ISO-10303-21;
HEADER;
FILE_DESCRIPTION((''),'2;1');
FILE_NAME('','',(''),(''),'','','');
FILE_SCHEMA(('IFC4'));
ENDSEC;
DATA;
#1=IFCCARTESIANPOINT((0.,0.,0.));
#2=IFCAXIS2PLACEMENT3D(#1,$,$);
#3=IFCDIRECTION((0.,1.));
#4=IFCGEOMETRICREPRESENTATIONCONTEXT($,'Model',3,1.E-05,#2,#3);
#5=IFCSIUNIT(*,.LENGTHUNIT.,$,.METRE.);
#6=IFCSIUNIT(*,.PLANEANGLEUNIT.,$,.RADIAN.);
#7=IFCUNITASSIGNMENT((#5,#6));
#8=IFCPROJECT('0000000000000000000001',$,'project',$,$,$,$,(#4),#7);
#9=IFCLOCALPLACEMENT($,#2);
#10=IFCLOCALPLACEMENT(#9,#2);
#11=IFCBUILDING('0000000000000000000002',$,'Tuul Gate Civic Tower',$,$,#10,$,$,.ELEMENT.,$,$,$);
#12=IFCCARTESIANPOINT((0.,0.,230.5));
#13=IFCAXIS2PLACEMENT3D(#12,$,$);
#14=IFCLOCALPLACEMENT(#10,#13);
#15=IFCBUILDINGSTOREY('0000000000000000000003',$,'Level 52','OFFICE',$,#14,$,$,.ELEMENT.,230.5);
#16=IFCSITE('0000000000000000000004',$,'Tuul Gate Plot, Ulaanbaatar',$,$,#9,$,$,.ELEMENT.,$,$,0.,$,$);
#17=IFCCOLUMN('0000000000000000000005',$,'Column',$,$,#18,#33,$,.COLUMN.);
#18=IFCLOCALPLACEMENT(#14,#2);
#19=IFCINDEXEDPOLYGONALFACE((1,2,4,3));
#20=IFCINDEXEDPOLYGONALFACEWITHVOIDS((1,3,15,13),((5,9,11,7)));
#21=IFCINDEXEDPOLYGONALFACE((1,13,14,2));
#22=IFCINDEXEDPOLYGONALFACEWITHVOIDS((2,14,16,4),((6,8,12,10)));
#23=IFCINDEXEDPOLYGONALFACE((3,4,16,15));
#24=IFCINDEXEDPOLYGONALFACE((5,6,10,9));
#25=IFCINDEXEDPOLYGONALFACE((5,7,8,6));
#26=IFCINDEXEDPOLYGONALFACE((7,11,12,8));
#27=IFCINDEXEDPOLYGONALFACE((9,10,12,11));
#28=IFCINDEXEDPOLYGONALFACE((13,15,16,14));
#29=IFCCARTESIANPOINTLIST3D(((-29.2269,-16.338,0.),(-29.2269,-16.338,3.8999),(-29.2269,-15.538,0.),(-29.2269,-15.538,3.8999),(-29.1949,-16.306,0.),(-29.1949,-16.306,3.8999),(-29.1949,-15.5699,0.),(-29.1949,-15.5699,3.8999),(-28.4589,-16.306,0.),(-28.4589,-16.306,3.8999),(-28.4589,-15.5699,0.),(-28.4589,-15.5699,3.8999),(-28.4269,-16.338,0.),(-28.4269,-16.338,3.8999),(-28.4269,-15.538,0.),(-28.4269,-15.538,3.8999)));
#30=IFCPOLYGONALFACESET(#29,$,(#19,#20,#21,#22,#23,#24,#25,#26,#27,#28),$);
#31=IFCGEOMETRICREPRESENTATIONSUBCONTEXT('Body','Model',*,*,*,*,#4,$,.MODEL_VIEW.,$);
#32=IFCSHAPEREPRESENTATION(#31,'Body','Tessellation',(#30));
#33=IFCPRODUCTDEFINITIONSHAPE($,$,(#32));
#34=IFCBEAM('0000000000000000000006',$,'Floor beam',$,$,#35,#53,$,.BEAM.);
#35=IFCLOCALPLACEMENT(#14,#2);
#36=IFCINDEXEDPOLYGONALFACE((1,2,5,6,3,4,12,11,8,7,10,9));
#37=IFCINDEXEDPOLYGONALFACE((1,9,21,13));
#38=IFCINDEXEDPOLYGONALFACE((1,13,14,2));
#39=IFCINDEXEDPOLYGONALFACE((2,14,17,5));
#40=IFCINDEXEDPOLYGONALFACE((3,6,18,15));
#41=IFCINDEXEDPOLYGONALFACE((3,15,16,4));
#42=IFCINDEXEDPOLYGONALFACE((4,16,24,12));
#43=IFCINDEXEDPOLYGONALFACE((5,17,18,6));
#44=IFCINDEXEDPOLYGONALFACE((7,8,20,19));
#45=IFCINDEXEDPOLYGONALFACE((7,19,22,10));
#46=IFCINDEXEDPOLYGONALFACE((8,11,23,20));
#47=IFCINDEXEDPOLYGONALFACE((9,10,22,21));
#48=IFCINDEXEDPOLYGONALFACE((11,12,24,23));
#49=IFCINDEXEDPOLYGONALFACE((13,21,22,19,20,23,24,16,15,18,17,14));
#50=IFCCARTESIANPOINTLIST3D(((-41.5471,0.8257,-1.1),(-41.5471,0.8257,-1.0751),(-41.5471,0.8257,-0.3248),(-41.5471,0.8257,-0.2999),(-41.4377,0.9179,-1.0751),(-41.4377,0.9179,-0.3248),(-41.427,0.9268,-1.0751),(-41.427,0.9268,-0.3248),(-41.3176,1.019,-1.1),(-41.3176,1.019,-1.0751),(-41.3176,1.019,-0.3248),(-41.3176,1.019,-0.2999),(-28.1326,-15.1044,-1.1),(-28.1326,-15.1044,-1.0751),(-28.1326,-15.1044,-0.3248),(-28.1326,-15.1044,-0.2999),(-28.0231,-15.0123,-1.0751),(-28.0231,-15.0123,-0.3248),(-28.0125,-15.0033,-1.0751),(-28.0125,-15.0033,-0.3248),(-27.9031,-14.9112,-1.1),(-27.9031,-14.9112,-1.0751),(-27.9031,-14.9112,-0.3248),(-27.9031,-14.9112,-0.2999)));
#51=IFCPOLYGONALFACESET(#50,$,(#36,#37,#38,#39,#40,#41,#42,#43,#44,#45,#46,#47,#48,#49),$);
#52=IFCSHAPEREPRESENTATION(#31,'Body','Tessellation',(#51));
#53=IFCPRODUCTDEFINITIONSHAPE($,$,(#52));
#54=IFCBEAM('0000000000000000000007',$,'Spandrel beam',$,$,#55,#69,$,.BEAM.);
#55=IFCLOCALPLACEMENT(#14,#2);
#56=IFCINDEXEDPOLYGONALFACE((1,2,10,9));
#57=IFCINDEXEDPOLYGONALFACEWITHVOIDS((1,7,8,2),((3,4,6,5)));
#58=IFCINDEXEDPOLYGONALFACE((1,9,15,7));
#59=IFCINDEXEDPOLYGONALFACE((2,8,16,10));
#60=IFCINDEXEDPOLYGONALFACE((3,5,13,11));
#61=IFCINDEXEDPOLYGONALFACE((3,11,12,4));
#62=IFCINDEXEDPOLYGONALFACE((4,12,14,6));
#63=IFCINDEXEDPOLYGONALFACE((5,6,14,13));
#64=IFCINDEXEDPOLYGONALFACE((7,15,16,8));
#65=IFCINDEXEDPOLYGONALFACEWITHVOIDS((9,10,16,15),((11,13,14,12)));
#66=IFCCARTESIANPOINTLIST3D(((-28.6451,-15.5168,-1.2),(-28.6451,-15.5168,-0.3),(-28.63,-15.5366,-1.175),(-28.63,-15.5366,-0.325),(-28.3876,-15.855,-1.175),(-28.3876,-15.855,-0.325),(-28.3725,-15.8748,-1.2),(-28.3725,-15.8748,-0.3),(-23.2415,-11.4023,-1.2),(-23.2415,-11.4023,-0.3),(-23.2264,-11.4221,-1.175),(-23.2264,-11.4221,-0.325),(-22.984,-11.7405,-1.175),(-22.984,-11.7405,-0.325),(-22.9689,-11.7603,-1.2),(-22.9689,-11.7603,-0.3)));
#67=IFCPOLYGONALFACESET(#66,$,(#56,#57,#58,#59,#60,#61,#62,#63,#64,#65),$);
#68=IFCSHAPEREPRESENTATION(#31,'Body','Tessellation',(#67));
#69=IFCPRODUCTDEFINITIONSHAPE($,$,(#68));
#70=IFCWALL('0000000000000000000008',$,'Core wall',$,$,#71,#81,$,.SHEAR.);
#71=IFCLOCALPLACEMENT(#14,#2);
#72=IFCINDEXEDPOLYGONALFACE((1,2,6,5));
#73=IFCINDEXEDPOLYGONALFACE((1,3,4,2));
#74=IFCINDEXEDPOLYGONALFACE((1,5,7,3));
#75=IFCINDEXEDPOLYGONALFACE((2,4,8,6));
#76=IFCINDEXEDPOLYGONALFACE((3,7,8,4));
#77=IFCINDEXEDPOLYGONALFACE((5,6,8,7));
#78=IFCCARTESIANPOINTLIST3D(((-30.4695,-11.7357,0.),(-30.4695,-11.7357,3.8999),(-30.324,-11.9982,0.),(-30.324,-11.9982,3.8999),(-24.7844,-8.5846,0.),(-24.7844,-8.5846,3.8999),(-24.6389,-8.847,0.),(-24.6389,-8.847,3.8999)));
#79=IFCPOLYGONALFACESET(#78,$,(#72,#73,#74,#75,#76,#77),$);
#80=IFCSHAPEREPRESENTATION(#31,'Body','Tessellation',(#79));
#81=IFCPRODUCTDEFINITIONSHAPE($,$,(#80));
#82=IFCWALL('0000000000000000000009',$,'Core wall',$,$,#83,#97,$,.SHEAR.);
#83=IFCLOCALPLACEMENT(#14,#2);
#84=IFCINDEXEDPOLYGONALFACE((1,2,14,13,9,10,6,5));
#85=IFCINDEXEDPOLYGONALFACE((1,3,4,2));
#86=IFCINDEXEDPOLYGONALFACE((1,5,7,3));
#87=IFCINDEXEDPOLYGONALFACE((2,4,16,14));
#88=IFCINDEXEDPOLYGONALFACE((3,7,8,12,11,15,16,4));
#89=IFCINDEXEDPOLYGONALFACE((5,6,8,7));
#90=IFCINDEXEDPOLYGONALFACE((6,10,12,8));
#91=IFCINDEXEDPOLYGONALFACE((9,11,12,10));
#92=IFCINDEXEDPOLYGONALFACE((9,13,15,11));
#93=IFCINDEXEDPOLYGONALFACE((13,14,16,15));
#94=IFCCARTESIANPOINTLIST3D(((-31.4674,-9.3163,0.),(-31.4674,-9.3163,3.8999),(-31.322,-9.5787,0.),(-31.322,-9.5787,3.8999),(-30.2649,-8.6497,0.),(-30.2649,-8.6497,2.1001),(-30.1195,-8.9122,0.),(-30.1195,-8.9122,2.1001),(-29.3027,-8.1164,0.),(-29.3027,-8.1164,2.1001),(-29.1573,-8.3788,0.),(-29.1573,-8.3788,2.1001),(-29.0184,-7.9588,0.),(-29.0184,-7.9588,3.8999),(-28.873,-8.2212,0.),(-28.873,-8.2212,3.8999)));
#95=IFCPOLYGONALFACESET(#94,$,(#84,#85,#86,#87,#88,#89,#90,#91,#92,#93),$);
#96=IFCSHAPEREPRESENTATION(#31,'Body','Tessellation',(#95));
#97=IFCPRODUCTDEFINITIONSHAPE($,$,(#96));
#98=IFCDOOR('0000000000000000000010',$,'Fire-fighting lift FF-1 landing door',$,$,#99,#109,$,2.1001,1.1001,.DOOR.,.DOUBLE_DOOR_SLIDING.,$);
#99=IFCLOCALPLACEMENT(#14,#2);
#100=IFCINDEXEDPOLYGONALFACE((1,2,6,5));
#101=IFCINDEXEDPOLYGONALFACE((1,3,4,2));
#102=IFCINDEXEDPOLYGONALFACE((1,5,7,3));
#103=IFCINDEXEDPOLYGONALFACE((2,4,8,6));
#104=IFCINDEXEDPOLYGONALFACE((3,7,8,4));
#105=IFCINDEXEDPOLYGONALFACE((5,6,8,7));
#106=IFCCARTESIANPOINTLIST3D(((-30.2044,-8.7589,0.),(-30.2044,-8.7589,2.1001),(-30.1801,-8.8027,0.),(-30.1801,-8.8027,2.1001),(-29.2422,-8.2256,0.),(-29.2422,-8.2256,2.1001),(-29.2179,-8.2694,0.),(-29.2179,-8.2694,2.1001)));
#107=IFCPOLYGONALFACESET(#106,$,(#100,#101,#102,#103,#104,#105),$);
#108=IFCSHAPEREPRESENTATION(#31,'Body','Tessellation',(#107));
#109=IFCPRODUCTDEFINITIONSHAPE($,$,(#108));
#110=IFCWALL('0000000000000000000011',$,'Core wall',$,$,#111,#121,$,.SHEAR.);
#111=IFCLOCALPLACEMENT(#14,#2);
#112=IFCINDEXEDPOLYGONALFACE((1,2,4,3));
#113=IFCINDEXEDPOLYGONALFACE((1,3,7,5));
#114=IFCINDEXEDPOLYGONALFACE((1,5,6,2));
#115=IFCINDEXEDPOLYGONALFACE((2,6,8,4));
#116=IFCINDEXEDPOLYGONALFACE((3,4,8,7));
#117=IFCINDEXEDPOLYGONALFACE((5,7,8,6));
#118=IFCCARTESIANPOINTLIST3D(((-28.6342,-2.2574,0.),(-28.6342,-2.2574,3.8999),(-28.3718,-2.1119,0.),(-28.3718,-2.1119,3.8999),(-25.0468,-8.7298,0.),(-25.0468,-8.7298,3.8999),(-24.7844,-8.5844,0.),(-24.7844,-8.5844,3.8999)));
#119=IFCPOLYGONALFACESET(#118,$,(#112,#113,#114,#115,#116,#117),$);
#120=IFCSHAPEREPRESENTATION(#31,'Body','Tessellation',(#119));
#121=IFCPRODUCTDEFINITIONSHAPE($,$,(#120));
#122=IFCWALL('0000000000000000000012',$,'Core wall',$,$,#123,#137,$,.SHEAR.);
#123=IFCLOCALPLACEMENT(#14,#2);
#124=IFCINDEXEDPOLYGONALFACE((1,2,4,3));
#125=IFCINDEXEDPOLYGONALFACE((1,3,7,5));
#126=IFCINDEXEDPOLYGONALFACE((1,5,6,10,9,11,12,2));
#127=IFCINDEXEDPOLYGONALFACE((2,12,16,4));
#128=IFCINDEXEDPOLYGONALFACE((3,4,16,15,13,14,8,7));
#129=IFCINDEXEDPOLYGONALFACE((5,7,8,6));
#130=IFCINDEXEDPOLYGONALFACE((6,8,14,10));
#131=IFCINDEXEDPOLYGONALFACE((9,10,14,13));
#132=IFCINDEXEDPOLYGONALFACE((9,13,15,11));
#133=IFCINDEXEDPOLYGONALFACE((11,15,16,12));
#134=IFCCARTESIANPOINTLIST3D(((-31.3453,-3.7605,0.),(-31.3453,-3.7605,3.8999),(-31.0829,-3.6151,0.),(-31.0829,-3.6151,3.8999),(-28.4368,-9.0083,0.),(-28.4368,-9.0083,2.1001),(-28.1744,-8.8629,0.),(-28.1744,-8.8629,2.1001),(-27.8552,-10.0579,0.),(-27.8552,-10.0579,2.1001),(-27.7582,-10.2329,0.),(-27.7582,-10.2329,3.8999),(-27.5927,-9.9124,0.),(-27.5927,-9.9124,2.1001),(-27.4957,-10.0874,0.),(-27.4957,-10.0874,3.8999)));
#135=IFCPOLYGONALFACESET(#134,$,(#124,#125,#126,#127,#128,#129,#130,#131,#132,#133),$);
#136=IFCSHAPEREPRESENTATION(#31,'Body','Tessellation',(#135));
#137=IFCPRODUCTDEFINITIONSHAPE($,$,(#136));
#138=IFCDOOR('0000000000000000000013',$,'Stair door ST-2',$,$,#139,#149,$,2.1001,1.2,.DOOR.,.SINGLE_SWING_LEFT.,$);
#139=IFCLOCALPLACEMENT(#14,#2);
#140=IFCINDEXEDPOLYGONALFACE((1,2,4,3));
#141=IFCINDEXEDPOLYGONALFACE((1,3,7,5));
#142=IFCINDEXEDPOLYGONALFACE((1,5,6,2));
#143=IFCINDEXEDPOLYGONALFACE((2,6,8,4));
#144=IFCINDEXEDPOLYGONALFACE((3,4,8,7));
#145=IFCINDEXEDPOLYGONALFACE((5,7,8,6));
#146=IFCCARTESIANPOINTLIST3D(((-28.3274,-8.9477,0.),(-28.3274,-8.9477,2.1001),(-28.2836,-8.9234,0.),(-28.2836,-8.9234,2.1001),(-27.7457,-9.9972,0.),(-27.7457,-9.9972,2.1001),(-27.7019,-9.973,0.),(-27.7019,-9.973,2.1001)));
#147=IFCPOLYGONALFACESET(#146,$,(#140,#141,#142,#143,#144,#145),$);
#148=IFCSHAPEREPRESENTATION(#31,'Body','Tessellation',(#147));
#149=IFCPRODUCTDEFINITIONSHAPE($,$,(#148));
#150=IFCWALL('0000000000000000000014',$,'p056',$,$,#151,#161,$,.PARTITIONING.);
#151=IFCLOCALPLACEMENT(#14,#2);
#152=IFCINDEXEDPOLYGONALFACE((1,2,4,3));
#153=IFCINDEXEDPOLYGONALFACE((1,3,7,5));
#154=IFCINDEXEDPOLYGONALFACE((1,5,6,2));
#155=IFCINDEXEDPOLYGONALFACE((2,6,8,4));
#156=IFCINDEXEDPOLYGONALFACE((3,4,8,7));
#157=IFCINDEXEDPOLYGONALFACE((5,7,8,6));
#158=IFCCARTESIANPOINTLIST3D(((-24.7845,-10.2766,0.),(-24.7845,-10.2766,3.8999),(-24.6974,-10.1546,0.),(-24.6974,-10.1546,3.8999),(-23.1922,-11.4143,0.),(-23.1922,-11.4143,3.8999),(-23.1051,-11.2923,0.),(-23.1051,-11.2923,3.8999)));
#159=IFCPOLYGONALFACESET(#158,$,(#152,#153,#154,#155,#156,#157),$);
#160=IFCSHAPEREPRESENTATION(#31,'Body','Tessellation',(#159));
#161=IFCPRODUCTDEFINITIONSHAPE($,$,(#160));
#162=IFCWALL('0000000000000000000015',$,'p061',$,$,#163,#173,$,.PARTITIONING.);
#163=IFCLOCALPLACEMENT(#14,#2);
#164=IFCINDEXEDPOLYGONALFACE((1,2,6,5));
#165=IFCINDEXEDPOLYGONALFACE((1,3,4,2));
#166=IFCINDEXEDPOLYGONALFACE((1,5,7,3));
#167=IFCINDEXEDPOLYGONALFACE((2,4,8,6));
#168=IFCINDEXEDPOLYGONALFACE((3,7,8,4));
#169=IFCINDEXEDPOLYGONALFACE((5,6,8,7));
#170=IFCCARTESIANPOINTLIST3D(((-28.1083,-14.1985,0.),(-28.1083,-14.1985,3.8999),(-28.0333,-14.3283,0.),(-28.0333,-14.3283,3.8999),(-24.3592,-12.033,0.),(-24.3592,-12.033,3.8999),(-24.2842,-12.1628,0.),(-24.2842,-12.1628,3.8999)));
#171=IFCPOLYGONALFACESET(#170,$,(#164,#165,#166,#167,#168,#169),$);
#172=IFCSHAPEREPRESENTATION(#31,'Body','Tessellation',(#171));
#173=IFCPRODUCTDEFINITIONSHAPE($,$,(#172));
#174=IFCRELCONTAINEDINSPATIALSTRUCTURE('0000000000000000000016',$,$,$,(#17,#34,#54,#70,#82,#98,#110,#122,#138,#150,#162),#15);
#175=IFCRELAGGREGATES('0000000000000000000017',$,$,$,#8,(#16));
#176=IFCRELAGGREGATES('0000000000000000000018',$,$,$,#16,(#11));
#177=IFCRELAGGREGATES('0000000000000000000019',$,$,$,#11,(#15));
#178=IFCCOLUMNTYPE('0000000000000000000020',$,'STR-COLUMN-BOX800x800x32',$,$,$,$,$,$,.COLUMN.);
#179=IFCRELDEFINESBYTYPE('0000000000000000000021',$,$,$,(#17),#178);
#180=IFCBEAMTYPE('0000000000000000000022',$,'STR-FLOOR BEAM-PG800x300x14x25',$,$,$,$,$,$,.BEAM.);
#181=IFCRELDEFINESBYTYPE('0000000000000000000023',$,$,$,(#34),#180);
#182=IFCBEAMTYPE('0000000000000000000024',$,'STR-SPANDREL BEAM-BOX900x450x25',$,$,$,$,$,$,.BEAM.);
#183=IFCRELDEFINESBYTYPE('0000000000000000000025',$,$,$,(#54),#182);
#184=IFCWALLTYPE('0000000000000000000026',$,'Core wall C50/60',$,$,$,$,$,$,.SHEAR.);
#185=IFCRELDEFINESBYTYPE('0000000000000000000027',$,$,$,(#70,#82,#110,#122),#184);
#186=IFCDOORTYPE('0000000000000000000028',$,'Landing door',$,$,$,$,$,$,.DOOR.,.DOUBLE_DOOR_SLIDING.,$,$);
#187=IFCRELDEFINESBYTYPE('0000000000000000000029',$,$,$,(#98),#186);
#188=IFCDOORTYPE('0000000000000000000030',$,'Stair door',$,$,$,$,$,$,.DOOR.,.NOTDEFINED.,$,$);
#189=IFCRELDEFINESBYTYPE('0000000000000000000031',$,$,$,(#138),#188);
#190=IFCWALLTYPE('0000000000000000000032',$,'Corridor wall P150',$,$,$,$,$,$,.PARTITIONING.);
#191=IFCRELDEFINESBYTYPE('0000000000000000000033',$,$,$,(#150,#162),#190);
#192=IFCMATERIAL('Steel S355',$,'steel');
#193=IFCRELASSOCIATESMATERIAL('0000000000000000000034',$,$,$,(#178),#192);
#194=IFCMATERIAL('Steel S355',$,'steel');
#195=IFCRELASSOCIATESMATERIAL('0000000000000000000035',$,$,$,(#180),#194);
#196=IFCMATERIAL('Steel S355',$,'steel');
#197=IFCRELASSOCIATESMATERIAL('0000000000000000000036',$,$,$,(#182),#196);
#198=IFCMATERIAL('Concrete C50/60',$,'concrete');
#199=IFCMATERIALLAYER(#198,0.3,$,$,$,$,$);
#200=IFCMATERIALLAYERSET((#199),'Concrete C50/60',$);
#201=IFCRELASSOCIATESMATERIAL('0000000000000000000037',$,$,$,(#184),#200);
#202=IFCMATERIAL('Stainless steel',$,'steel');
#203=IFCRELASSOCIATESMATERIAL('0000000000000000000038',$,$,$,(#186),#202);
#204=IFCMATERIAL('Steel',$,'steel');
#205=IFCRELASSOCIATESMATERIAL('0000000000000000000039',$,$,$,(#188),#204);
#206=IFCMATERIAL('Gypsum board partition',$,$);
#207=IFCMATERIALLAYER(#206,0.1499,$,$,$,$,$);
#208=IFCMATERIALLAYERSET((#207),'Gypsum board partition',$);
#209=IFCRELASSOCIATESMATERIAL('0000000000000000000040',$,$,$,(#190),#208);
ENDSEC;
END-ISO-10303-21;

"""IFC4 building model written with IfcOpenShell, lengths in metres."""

from ifc_helpers import new_model, si_unit, direction, frame, frame_2d, origin, origin_2d, place, context, subcontext, project, spatial, rectangle, hollow_rectangle, i_section, extrude, material, layer, layer_set, material_profile, profile_set, type_object, element, fill, save


model = new_model("IFC4")

# Units and contexts
model_context = context("Model", 3, precision=1e-05, world=origin(), true_north=direction((0.0, 1.0)))
body_context = subcontext(model_context, "Body", "Model", "MODEL_VIEW")
ifc_project = project(units=[si_unit("LENGTHUNIT", "METRE"), si_unit("PLANEANGLEUNIT", "RADIAN")], contexts=[model_context])

# Site, building, storey
site_placement = place(None, origin())
site = spatial("IfcSite", under=ifc_project, at=site_placement, Name="Tuul Gate Plot, Ulaanbaatar", CompositionType="ELEMENT", RefElevation=0.0)
building_placement = place(site_placement, origin())
building = spatial("IfcBuilding", under=site, at=building_placement, Name="Tuul Gate Civic Tower", CompositionType="ELEMENT")
storey_placement = place(building_placement, frame((0.0, 0.0, 230.5)))
storey = spatial("IfcBuildingStorey", under=building, at=storey_placement, Name="Level 52", Description="OFFICE", CompositionType="ELEMENT", Elevation=230.5)

# Column
ifc_material_1 = material(Name="Steel S355", Category="steel")
ifc_material_profile_1 = material_profile(ifc_material_1, hollow_rectangle(XDim=0.8, YDim=0.8, WallThickness=0.032, at=origin_2d()), Name="BOX800x800x32")
ifc_profile_set_1 = profile_set([ifc_material_profile_1], Name="Steel S355")
column_type = type_object("IfcColumnType", Name="STR-COLUMN-BOX800x800x32", PredefinedType="COLUMN", material=ifc_profile_set_1)
column_placement = place(storey_placement, frame((-28.8269, -15.938, 0.0), z_axis=(0.0, 0.0, 1.0), x_axis=(1.0, 0.0, 0.0)))
element("IfcColumn", 1, at=column_placement, inside=storey, type_object=column_type, Name="Column", PredefinedType="COLUMN", context=body_context, shape_type="SweptSolid", body=[
    extrude(hollow_rectangle(XDim=0.8, YDim=0.8, WallThickness=0.032, at=origin_2d()), origin(), (0.0, 0.0, 1.0), 3.8999),
])

# Beams
ifc_material_2 = material(Name="Steel S355", Category="steel")
ifc_material_profile_2 = material_profile(ifc_material_2, i_section(OverallWidth=0.3, OverallDepth=0.8, WebThickness=0.0139, FlangeThickness=0.0249, at=origin_2d()), Name="PG800x300x14x25")
ifc_profile_set_2 = profile_set([ifc_material_profile_2], Name="Steel S355")
beam_type_1 = type_object("IfcBeamType", Name="STR-FLOOR BEAM-PG800x300x14x25", PredefinedType="BEAM", material=ifc_profile_set_2)
beam_1_placement = place(storey_placement, frame((-28.0178, -15.0078, -0.7), z_axis=(-0.644126, 0.764919, 0.0), x_axis=(-0.764919, -0.644126, 0.0)))
element("IfcBeam", 2, at=beam_1_placement, inside=storey, type_object=beam_type_1, Name="Floor beam", PredefinedType="BEAM", context=body_context, shape_type="SweptSolid", body=[
    extrude(i_section(OverallWidth=0.3, OverallDepth=0.8, WebThickness=0.0139, FlangeThickness=0.0249, at=origin_2d()), origin(), (0.0, 0.0, 1.0), 20.8259),
])
ifc_material_3 = material(Name="Steel S355", Category="steel")
ifc_material_profile_3 = material_profile(ifc_material_3, hollow_rectangle(XDim=0.45, YDim=0.8999, WallThickness=0.0249, at=origin_2d()), Name="BOX900x450x25")
ifc_profile_set_3 = profile_set([ifc_material_profile_3], Name="Steel S355")
beam_type_2 = type_object("IfcBeamType", Name="STR-SPANDREL BEAM-BOX900x450x25", PredefinedType="BEAM", material=ifc_profile_set_3)
beam_2_placement = place(storey_placement, frame((-28.5088, -15.6958, -0.75), z_axis=(0.795609, 0.60581, 0.0), x_axis=(-0.60581, 0.795609, 0.0)))
element("IfcBeam", 3, at=beam_2_placement, inside=storey, type_object=beam_type_2, Name="Spandrel beam", PredefinedType="BEAM", context=body_context, shape_type="SweptSolid", body=[
    extrude(hollow_rectangle(XDim=0.45, YDim=0.8999, WallThickness=0.0249, at=origin_2d()), origin(), (0.0, 0.0, 1.0), 6.7917),
])

# Wall
ifc_material_4 = material(Name="Concrete C50/60", Category="concrete")
ifc_layer_1 = layer(ifc_material_4, 0.3)
ifc_layer_set_1 = layer_set([ifc_layer_1], Name="Concrete C50/60")
wall_type_1 = type_object("IfcWallType", Name="Core wall C50/60", PredefinedType="SHEAR", material=ifc_layer_set_1)
wall_1_placement = place(storey_placement, frame((-24.7117, -8.7158, 0.0), z_axis=(0.0, 0.0, 1.0), x_axis=(-0.87463, -0.484791, 0.0)))
element("IfcWall", 4, at=wall_1_placement, inside=storey, type_object=wall_type_1, Name="Core wall", PredefinedType="SHEAR", context=body_context, shape_type="SweptSolid", body=[
    extrude(rectangle(XDim=6.5, YDim=0.3, at=frame_2d((3.25, 0.0))), origin(), (0.0, 0.0, 1.0), 3.8999),
])

# Wall, opening, door
wall_2_placement = place(storey_placement, frame((-28.9458, -8.0901, 0.0), z_axis=(0.0, 0.0, 1.0), x_axis=(-0.87463, -0.484791, 0.0)))
wall_2 = element("IfcWall", 5, at=wall_2_placement, inside=storey, type_object=wall_type_1, Name="Core wall", PredefinedType="SHEAR", context=body_context, shape_type="SweptSolid", body=[
    extrude(rectangle(XDim=2.8, YDim=0.3, at=frame_2d((1.3999, 0.0))), origin(), (0.0, 0.0, 1.0), 3.8999),
])
opening_1_placement = place(wall_2_placement, frame((0.325, 0.0, 0.0)))
opening_1 = element("IfcOpeningElement", 6, at=opening_1_placement, cuts=wall_2, PredefinedType="OPENING", context=body_context, shape_type="SweptSolid", body=[
    extrude(rectangle(XDim=1.1001, YDim=2.1001, at=frame_2d((0.55, 1.05))), frame((0.0, 0.1602, 0.0), z_axis=(0.0, -1.0, 0.0), x_axis=(1.0, 0.0, 0.0)), (0.0, 0.0, 1.0), 0.3201),
])
ifc_material_5 = material(Name="Stainless steel", Category="steel")
door_type_1 = type_object("IfcDoorType", Name="Landing door", OperationType="DOUBLE_DOOR_SLIDING", PredefinedType="DOOR", material=ifc_material_5)
door_1_placement = place(opening_1_placement, origin())
door_1 = element("IfcDoor", 7, at=door_1_placement, inside=storey, type_object=door_type_1, Name="Fire-fighting lift FF-1 landing door", OperationType="DOUBLE_DOOR_SLIDING", OverallHeight=2.1001, OverallWidth=1.1001, PredefinedType="DOOR", context=body_context, shape_type="SweptSolid", body=[
    extrude(rectangle(XDim=1.1001, YDim=2.1001, at=frame_2d((0.55, 1.05))), frame((0.0, 0.0249, 0.0), z_axis=(0.0, -1.0, 0.0), x_axis=(1.0, 0.0, 0.0)), (0.0, 0.0, 1.0), 0.05),
])
fill(opening_1, door_1)

# Wall
wall_3_placement = place(storey_placement, frame((-24.9155, -8.6572, 0.0), z_axis=(0.0, 0.0, 1.0), x_axis=(-0.484777, 0.874638, 0.0)))
element("IfcWall", 8, at=wall_3_placement, inside=storey, type_object=wall_type_1, Name="Core wall", PredefinedType="SHEAR", context=body_context, shape_type="SweptSolid", body=[
    extrude(rectangle(XDim=7.4001, YDim=0.3, at=frame_2d((3.7002, 0.0))), origin(), (0.0, 0.0, 1.0), 3.8999),
])

# Wall, opening, door
wall_4_placement = place(storey_placement, frame((-27.627, -10.1602, 0.0), z_axis=(0.0, 0.0, 1.0), x_axis=(-0.484752, 0.874652, 0.0)))
wall_4 = element("IfcWall", 9, at=wall_4_placement, inside=storey, type_object=wall_type_1, Name="Core wall", PredefinedType="SHEAR", context=body_context, shape_type="SweptSolid", body=[
    extrude(rectangle(XDim=7.3999, YDim=0.3, at=frame_2d((3.7, 0.0))), origin(), (0.0, 0.0, 1.0), 3.8999),
])
opening_2_placement = place(wall_4_placement, frame((0.2, 0.0, 0.0)))
opening_2 = element("IfcOpeningElement", 10, at=opening_2_placement, cuts=wall_4, PredefinedType="OPENING", context=body_context, shape_type="SweptSolid", body=[
    extrude(rectangle(XDim=1.2, YDim=2.1001, at=frame_2d((0.6001, 1.05))), frame((0.0, 0.1602, 0.0), z_axis=(0.0, -1.0, 0.0), x_axis=(1.0, 0.0, 0.0)), (0.0, 0.0, 1.0), 0.3201),
])
ifc_material_6 = material(Name="Steel", Category="steel")
door_type_2 = type_object("IfcDoorType", Name="Stair door", OperationType="NOTDEFINED", PredefinedType="DOOR", material=ifc_material_6)
door_2_placement = place(opening_2_placement, origin())
door_2 = element("IfcDoor", 11, at=door_2_placement, inside=storey, type_object=door_type_2, Name="Stair door ST-2", OperationType="SINGLE_SWING_LEFT", OverallHeight=2.1001, OverallWidth=1.2, PredefinedType="DOOR", context=body_context, shape_type="SweptSolid", body=[
    extrude(rectangle(XDim=1.2, YDim=2.1001, at=frame_2d((0.6001, 1.05))), frame((0.0, 0.0249, 0.0), z_axis=(0.0, -1.0, 0.0), x_axis=(1.0, 0.0, 0.0)), (0.0, 0.0, 1.0), 0.05),
])
fill(opening_2, door_2)

# Walls
ifc_material_7 = material(Name="Gypsum board partition")
ifc_layer_2 = layer(ifc_material_7, 0.1499)
ifc_layer_set_2 = layer_set([ifc_layer_2], Name="Gypsum board partition")
wall_type_2 = type_object("IfcWallType", Name="Corridor wall P150", PredefinedType="PARTITIONING", material=ifc_layer_set_2)
wall_5_placement = place(storey_placement, frame((-24.741, -10.2156, 0.0), z_axis=(0.0, 0.0, 1.0), x_axis=(0.813649, -0.581356, 0.0)))
element("IfcWall", 12, at=wall_5_placement, inside=storey, type_object=wall_type_2, Name="p056", PredefinedType="PARTITIONING", context=body_context, shape_type="SweptSolid", body=[
    extrude(rectangle(XDim=1.957, YDim=0.1499, at=frame_2d((0.9785, 0.0))), origin(), (0.0, 0.0, 1.0), 3.8999),
])
wall_6_placement = place(storey_placement, frame((-28.0708, -14.2634, 0.0), z_axis=(0.0, 0.0, 1.0), x_axis=(0.865923, 0.500178, 0.0)))
element("IfcWall", 13, at=wall_6_placement, inside=storey, type_object=wall_type_2, Name="p061", PredefinedType="PARTITIONING", context=body_context, shape_type="SweptSolid", body=[
    extrude(rectangle(XDim=4.3296, YDim=0.1499, at=frame_2d((2.1648, 0.0))), origin(), (0.0, 0.0, 1.0), 3.8999),
])

save(model, "model.ifc")
